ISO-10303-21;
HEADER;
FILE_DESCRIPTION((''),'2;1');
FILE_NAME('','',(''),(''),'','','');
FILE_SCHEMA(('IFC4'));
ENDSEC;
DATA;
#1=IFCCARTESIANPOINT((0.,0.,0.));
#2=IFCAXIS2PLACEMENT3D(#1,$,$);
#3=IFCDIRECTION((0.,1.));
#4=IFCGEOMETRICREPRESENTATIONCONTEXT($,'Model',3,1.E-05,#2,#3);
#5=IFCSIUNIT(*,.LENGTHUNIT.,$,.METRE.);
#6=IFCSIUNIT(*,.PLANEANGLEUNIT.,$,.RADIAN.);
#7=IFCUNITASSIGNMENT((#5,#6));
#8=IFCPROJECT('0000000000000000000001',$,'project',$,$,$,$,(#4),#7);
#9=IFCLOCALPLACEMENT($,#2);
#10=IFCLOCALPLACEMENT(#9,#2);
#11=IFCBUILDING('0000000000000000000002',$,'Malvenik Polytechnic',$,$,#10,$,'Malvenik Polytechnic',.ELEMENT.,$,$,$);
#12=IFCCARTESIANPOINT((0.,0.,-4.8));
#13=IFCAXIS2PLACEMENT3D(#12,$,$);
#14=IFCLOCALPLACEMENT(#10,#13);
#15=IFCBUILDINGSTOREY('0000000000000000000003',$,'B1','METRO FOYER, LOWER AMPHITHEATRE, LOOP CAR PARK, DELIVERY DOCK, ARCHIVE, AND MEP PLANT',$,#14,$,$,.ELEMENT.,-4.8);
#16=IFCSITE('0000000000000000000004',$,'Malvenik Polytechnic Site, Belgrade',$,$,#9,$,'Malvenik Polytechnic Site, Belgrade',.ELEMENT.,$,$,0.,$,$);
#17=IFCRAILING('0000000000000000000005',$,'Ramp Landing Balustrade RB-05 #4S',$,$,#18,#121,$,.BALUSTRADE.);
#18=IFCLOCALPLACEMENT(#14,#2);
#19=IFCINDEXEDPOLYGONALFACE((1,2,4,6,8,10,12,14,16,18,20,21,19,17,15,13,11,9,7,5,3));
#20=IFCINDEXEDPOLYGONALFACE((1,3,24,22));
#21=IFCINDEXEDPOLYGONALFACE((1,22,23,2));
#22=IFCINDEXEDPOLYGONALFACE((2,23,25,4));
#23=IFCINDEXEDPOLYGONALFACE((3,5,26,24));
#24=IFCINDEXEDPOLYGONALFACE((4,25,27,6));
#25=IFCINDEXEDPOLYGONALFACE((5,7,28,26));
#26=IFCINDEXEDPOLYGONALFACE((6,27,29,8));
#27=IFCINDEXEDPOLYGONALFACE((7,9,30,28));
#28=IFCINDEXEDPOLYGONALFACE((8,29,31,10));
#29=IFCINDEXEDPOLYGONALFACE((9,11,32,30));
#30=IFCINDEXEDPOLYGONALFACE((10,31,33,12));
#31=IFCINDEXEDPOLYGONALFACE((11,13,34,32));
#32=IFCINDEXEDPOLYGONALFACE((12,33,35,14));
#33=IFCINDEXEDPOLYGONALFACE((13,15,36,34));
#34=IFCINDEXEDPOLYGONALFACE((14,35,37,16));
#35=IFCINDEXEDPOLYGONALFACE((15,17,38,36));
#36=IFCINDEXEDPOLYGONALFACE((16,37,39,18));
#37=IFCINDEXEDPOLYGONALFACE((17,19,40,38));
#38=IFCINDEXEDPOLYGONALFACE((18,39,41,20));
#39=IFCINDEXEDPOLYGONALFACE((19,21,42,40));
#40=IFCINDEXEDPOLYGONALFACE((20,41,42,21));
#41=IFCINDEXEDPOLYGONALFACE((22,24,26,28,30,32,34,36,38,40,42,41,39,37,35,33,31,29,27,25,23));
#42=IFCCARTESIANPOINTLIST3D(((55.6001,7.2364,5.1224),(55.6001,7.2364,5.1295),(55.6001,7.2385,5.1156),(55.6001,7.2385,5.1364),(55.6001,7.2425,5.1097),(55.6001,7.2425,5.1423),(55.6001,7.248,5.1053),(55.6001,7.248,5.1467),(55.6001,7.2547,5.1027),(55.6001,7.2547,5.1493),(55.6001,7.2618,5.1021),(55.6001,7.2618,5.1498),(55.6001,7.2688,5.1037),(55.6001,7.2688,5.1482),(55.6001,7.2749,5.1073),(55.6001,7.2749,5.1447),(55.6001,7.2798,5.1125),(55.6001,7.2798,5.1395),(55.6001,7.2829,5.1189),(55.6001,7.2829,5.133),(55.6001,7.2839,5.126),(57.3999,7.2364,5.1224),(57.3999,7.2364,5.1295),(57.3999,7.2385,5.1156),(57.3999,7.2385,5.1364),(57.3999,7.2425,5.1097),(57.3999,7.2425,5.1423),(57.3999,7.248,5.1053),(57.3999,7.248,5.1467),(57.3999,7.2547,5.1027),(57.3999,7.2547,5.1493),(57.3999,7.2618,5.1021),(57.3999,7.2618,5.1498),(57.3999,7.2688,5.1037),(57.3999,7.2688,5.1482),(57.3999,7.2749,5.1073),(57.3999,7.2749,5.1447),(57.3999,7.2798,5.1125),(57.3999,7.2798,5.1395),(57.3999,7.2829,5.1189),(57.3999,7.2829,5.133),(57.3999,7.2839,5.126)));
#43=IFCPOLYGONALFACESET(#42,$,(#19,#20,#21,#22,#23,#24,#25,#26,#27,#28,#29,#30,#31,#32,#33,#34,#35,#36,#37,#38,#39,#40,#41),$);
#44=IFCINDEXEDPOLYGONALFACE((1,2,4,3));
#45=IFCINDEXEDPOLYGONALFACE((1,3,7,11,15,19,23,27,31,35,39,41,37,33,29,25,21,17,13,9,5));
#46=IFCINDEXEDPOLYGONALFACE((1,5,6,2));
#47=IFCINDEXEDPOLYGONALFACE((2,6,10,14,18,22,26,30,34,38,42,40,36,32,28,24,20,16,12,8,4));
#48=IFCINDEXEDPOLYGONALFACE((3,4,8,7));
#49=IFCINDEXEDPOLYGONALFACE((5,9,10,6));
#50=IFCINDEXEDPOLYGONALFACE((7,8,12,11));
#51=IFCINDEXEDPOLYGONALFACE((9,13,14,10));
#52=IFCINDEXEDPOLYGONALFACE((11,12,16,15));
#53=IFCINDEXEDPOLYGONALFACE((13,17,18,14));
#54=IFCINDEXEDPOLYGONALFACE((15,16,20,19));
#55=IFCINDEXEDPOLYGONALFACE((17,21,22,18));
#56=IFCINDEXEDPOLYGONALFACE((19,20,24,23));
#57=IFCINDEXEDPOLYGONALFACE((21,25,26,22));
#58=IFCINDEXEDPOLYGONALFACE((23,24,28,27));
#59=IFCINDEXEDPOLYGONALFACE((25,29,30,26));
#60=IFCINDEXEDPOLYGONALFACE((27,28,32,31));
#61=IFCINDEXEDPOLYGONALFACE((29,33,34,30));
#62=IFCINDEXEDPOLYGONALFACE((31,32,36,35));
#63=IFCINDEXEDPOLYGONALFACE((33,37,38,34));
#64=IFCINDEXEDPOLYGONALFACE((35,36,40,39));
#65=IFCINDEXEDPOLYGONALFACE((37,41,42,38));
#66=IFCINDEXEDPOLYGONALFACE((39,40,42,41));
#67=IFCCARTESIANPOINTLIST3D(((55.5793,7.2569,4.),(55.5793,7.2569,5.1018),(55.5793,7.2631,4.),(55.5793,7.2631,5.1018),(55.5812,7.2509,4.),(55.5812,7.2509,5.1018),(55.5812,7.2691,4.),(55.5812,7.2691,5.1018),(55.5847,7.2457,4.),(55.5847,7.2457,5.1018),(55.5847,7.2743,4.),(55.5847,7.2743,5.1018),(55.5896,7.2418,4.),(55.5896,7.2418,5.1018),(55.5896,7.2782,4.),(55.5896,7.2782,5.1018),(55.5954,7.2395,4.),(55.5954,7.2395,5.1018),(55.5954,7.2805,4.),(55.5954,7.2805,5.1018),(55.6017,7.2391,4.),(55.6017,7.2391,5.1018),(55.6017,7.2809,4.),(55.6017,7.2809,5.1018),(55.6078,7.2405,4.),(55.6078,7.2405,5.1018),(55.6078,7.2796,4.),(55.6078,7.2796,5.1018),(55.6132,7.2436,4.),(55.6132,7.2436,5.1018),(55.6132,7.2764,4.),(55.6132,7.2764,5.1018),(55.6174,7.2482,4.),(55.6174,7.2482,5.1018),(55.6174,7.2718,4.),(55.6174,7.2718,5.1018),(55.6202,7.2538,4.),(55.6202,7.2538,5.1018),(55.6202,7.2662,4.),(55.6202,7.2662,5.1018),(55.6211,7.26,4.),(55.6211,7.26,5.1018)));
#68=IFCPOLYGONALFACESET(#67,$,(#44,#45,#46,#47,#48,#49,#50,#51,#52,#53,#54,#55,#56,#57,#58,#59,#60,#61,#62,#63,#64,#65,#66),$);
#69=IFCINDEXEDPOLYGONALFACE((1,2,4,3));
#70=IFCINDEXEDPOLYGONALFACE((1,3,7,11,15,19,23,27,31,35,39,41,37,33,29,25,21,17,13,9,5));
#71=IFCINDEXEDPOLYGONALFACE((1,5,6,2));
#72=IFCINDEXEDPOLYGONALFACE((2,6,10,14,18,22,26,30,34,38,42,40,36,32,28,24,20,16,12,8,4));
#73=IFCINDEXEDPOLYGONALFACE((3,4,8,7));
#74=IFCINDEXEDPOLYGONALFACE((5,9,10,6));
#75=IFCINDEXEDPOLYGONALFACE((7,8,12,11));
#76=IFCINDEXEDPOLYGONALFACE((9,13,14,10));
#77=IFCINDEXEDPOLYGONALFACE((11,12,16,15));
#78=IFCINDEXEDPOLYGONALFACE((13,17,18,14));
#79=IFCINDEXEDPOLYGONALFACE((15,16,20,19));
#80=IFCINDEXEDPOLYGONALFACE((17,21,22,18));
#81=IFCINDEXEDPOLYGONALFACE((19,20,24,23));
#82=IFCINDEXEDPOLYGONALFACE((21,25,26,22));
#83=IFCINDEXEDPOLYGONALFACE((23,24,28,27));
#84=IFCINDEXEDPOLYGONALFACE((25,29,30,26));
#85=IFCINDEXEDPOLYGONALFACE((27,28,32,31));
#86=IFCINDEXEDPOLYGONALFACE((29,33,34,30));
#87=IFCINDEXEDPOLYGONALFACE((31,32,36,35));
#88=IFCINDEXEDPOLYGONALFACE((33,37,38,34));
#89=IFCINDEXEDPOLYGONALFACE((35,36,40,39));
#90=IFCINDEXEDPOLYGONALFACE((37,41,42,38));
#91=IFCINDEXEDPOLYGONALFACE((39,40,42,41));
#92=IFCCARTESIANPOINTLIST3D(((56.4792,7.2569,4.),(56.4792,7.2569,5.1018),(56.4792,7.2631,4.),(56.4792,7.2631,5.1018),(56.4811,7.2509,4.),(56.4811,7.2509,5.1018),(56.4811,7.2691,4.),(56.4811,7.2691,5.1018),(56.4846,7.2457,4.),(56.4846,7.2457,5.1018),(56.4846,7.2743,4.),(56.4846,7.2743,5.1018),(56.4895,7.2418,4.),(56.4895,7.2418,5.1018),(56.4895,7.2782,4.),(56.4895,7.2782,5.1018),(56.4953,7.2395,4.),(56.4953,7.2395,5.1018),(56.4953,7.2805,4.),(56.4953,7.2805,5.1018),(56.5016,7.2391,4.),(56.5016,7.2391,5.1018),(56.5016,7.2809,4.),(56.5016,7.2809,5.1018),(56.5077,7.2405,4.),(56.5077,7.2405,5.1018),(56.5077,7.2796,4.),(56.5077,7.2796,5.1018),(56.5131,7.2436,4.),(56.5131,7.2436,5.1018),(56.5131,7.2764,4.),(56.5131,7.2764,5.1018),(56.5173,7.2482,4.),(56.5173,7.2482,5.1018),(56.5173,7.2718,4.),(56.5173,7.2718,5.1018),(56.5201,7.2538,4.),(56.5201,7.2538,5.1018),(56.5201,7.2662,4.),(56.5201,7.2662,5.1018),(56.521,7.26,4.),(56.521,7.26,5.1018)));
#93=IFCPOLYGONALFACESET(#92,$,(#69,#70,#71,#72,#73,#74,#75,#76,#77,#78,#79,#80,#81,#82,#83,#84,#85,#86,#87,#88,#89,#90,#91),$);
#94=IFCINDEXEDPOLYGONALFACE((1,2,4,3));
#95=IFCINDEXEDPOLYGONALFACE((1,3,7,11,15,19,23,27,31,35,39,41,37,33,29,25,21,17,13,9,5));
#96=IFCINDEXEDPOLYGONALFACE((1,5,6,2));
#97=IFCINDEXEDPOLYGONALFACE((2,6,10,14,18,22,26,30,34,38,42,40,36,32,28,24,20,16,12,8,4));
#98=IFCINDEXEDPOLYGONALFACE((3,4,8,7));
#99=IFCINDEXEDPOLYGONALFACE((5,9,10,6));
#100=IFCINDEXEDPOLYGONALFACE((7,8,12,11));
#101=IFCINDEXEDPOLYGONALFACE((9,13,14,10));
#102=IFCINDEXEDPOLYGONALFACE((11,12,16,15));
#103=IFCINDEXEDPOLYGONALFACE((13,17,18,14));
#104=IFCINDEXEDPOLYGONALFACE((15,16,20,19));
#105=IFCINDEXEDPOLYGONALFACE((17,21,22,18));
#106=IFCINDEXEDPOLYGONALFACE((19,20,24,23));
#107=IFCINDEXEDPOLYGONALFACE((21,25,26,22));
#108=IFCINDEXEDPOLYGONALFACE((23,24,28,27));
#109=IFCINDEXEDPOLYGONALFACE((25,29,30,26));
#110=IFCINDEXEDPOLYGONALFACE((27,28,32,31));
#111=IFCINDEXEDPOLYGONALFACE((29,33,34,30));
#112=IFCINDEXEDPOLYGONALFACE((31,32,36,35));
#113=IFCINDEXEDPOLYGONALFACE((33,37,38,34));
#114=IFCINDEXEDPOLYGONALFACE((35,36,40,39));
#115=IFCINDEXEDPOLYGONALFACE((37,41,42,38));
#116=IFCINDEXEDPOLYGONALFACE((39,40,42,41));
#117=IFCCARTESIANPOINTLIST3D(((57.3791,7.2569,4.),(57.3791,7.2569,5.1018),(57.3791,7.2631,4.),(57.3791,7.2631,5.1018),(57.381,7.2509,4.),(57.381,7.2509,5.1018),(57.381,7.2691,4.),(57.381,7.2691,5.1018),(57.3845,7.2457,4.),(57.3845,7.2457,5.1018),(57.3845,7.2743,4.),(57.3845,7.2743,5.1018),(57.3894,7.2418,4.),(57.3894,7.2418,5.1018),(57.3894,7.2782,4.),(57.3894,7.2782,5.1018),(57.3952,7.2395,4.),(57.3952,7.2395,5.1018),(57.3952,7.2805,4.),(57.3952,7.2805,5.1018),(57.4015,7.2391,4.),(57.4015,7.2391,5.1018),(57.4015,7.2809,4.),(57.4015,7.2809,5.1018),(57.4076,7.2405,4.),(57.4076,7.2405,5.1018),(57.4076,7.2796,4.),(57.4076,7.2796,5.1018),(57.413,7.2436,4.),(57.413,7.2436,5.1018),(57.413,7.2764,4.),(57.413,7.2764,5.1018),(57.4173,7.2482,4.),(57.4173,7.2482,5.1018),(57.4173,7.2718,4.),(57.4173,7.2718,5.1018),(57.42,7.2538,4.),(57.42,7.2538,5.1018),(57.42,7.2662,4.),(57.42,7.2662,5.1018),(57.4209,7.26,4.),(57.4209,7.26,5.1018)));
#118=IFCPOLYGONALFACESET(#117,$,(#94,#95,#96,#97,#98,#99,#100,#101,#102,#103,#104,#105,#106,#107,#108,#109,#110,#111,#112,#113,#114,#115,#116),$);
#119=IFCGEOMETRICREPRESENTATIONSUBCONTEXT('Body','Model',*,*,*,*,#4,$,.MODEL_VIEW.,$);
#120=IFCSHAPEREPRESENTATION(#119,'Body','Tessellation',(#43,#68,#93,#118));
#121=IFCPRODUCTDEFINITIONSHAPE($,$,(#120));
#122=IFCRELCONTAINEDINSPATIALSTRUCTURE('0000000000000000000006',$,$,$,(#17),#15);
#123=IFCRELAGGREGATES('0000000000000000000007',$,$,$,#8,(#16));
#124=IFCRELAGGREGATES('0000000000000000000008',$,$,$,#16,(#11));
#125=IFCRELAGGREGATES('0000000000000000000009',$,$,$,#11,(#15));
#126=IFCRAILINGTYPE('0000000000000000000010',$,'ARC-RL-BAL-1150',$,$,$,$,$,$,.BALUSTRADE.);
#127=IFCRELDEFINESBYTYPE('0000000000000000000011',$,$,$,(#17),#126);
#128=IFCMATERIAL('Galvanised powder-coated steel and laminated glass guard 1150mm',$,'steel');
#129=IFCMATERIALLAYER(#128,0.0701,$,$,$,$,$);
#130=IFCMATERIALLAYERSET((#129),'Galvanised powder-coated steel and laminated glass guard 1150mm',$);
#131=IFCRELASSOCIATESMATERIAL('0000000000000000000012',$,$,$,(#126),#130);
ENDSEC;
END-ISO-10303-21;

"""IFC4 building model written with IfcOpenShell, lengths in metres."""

from ifc_helpers import new_model, si_unit, direction, frame, origin, origin_2d, place, context, subcontext, project, spatial, circle, extrude, material, layer, layer_set, type_object, element, save


model = new_model("IFC4")

# Units and contexts
model_context = context("Model", 3, precision=1e-05, world=origin(), true_north=direction((0.0, 1.0)))
body_context = subcontext(model_context, "Body", "Model", "MODEL_VIEW")
ifc_project = project(units=[si_unit("LENGTHUNIT", "METRE"), si_unit("PLANEANGLEUNIT", "RADIAN")], contexts=[model_context])

# Site, building, storey
site_placement = place(None, origin())
site = spatial("IfcSite", under=ifc_project, at=site_placement, Name="Malvenik Polytechnic Site, Belgrade", LongName="Malvenik Polytechnic Site, Belgrade", CompositionType="ELEMENT", RefElevation=0.0)
building_placement = place(site_placement, origin())
building = spatial("IfcBuilding", under=site, at=building_placement, Name="Malvenik Polytechnic", LongName="Malvenik Polytechnic", CompositionType="ELEMENT")
storey_placement = place(building_placement, frame((0.0, 0.0, -4.8)))
storey = spatial("IfcBuildingStorey", under=building, at=storey_placement, Name="B1", Description="METRO FOYER, LOWER AMPHITHEATRE, LOOP CAR PARK, DELIVERY DOCK, ARCHIVE, AND MEP PLANT", CompositionType="ELEMENT", Elevation=-4.8)

# Railing
ifc_material_1 = material(Name="Galvanised powder-coated steel and laminated glass guard 1150mm", Category="steel")
ifc_layer_1 = layer(ifc_material_1, 0.0701)
ifc_layer_set_1 = layer_set([ifc_layer_1], Name="Galvanised powder-coated steel and laminated glass guard 1150mm")
railing_type_1 = type_object("IfcRailingType", Name="ARC-RL-BAL-1150", PredefinedType="BALUSTRADE", material=ifc_layer_set_1)
for number, where, name in (
    (1, (55.6001, 7.26, 4.0), "Ramp Landing Balustrade RB-05 #4S"),
):
    element("IfcRailing", number, at=place(storey_placement, frame(where)), inside=storey, type_object=railing_type_1, Name=name, PredefinedType="BALUSTRADE", context=body_context, shape_type="SweptSolid", body=[
        extrude(circle(Radius=0.0239, at=origin_2d()), frame((0.0, 0.0, 1.126), z_axis=(1.0, 0.0, 0.0), x_axis=(0.0, 1.0, 0.0)), (0.0, 0.0, 1.0), 1.7998),
        extrude(circle(Radius=0.021, at=origin_2d()), origin(), (0.0, 0.0, 1.0), 1.1018),
        extrude(circle(Radius=0.021, at=origin_2d()), frame((0.8999, 0.0, 0.0)), (0.0, 0.0, 1.0), 1.1018),
        extrude(circle(Radius=0.021, at=origin_2d()), frame((1.7998, 0.0, 0.0)), (0.0, 0.0, 1.0), 1.1018),
    ])

save(model, "model.ifc")
